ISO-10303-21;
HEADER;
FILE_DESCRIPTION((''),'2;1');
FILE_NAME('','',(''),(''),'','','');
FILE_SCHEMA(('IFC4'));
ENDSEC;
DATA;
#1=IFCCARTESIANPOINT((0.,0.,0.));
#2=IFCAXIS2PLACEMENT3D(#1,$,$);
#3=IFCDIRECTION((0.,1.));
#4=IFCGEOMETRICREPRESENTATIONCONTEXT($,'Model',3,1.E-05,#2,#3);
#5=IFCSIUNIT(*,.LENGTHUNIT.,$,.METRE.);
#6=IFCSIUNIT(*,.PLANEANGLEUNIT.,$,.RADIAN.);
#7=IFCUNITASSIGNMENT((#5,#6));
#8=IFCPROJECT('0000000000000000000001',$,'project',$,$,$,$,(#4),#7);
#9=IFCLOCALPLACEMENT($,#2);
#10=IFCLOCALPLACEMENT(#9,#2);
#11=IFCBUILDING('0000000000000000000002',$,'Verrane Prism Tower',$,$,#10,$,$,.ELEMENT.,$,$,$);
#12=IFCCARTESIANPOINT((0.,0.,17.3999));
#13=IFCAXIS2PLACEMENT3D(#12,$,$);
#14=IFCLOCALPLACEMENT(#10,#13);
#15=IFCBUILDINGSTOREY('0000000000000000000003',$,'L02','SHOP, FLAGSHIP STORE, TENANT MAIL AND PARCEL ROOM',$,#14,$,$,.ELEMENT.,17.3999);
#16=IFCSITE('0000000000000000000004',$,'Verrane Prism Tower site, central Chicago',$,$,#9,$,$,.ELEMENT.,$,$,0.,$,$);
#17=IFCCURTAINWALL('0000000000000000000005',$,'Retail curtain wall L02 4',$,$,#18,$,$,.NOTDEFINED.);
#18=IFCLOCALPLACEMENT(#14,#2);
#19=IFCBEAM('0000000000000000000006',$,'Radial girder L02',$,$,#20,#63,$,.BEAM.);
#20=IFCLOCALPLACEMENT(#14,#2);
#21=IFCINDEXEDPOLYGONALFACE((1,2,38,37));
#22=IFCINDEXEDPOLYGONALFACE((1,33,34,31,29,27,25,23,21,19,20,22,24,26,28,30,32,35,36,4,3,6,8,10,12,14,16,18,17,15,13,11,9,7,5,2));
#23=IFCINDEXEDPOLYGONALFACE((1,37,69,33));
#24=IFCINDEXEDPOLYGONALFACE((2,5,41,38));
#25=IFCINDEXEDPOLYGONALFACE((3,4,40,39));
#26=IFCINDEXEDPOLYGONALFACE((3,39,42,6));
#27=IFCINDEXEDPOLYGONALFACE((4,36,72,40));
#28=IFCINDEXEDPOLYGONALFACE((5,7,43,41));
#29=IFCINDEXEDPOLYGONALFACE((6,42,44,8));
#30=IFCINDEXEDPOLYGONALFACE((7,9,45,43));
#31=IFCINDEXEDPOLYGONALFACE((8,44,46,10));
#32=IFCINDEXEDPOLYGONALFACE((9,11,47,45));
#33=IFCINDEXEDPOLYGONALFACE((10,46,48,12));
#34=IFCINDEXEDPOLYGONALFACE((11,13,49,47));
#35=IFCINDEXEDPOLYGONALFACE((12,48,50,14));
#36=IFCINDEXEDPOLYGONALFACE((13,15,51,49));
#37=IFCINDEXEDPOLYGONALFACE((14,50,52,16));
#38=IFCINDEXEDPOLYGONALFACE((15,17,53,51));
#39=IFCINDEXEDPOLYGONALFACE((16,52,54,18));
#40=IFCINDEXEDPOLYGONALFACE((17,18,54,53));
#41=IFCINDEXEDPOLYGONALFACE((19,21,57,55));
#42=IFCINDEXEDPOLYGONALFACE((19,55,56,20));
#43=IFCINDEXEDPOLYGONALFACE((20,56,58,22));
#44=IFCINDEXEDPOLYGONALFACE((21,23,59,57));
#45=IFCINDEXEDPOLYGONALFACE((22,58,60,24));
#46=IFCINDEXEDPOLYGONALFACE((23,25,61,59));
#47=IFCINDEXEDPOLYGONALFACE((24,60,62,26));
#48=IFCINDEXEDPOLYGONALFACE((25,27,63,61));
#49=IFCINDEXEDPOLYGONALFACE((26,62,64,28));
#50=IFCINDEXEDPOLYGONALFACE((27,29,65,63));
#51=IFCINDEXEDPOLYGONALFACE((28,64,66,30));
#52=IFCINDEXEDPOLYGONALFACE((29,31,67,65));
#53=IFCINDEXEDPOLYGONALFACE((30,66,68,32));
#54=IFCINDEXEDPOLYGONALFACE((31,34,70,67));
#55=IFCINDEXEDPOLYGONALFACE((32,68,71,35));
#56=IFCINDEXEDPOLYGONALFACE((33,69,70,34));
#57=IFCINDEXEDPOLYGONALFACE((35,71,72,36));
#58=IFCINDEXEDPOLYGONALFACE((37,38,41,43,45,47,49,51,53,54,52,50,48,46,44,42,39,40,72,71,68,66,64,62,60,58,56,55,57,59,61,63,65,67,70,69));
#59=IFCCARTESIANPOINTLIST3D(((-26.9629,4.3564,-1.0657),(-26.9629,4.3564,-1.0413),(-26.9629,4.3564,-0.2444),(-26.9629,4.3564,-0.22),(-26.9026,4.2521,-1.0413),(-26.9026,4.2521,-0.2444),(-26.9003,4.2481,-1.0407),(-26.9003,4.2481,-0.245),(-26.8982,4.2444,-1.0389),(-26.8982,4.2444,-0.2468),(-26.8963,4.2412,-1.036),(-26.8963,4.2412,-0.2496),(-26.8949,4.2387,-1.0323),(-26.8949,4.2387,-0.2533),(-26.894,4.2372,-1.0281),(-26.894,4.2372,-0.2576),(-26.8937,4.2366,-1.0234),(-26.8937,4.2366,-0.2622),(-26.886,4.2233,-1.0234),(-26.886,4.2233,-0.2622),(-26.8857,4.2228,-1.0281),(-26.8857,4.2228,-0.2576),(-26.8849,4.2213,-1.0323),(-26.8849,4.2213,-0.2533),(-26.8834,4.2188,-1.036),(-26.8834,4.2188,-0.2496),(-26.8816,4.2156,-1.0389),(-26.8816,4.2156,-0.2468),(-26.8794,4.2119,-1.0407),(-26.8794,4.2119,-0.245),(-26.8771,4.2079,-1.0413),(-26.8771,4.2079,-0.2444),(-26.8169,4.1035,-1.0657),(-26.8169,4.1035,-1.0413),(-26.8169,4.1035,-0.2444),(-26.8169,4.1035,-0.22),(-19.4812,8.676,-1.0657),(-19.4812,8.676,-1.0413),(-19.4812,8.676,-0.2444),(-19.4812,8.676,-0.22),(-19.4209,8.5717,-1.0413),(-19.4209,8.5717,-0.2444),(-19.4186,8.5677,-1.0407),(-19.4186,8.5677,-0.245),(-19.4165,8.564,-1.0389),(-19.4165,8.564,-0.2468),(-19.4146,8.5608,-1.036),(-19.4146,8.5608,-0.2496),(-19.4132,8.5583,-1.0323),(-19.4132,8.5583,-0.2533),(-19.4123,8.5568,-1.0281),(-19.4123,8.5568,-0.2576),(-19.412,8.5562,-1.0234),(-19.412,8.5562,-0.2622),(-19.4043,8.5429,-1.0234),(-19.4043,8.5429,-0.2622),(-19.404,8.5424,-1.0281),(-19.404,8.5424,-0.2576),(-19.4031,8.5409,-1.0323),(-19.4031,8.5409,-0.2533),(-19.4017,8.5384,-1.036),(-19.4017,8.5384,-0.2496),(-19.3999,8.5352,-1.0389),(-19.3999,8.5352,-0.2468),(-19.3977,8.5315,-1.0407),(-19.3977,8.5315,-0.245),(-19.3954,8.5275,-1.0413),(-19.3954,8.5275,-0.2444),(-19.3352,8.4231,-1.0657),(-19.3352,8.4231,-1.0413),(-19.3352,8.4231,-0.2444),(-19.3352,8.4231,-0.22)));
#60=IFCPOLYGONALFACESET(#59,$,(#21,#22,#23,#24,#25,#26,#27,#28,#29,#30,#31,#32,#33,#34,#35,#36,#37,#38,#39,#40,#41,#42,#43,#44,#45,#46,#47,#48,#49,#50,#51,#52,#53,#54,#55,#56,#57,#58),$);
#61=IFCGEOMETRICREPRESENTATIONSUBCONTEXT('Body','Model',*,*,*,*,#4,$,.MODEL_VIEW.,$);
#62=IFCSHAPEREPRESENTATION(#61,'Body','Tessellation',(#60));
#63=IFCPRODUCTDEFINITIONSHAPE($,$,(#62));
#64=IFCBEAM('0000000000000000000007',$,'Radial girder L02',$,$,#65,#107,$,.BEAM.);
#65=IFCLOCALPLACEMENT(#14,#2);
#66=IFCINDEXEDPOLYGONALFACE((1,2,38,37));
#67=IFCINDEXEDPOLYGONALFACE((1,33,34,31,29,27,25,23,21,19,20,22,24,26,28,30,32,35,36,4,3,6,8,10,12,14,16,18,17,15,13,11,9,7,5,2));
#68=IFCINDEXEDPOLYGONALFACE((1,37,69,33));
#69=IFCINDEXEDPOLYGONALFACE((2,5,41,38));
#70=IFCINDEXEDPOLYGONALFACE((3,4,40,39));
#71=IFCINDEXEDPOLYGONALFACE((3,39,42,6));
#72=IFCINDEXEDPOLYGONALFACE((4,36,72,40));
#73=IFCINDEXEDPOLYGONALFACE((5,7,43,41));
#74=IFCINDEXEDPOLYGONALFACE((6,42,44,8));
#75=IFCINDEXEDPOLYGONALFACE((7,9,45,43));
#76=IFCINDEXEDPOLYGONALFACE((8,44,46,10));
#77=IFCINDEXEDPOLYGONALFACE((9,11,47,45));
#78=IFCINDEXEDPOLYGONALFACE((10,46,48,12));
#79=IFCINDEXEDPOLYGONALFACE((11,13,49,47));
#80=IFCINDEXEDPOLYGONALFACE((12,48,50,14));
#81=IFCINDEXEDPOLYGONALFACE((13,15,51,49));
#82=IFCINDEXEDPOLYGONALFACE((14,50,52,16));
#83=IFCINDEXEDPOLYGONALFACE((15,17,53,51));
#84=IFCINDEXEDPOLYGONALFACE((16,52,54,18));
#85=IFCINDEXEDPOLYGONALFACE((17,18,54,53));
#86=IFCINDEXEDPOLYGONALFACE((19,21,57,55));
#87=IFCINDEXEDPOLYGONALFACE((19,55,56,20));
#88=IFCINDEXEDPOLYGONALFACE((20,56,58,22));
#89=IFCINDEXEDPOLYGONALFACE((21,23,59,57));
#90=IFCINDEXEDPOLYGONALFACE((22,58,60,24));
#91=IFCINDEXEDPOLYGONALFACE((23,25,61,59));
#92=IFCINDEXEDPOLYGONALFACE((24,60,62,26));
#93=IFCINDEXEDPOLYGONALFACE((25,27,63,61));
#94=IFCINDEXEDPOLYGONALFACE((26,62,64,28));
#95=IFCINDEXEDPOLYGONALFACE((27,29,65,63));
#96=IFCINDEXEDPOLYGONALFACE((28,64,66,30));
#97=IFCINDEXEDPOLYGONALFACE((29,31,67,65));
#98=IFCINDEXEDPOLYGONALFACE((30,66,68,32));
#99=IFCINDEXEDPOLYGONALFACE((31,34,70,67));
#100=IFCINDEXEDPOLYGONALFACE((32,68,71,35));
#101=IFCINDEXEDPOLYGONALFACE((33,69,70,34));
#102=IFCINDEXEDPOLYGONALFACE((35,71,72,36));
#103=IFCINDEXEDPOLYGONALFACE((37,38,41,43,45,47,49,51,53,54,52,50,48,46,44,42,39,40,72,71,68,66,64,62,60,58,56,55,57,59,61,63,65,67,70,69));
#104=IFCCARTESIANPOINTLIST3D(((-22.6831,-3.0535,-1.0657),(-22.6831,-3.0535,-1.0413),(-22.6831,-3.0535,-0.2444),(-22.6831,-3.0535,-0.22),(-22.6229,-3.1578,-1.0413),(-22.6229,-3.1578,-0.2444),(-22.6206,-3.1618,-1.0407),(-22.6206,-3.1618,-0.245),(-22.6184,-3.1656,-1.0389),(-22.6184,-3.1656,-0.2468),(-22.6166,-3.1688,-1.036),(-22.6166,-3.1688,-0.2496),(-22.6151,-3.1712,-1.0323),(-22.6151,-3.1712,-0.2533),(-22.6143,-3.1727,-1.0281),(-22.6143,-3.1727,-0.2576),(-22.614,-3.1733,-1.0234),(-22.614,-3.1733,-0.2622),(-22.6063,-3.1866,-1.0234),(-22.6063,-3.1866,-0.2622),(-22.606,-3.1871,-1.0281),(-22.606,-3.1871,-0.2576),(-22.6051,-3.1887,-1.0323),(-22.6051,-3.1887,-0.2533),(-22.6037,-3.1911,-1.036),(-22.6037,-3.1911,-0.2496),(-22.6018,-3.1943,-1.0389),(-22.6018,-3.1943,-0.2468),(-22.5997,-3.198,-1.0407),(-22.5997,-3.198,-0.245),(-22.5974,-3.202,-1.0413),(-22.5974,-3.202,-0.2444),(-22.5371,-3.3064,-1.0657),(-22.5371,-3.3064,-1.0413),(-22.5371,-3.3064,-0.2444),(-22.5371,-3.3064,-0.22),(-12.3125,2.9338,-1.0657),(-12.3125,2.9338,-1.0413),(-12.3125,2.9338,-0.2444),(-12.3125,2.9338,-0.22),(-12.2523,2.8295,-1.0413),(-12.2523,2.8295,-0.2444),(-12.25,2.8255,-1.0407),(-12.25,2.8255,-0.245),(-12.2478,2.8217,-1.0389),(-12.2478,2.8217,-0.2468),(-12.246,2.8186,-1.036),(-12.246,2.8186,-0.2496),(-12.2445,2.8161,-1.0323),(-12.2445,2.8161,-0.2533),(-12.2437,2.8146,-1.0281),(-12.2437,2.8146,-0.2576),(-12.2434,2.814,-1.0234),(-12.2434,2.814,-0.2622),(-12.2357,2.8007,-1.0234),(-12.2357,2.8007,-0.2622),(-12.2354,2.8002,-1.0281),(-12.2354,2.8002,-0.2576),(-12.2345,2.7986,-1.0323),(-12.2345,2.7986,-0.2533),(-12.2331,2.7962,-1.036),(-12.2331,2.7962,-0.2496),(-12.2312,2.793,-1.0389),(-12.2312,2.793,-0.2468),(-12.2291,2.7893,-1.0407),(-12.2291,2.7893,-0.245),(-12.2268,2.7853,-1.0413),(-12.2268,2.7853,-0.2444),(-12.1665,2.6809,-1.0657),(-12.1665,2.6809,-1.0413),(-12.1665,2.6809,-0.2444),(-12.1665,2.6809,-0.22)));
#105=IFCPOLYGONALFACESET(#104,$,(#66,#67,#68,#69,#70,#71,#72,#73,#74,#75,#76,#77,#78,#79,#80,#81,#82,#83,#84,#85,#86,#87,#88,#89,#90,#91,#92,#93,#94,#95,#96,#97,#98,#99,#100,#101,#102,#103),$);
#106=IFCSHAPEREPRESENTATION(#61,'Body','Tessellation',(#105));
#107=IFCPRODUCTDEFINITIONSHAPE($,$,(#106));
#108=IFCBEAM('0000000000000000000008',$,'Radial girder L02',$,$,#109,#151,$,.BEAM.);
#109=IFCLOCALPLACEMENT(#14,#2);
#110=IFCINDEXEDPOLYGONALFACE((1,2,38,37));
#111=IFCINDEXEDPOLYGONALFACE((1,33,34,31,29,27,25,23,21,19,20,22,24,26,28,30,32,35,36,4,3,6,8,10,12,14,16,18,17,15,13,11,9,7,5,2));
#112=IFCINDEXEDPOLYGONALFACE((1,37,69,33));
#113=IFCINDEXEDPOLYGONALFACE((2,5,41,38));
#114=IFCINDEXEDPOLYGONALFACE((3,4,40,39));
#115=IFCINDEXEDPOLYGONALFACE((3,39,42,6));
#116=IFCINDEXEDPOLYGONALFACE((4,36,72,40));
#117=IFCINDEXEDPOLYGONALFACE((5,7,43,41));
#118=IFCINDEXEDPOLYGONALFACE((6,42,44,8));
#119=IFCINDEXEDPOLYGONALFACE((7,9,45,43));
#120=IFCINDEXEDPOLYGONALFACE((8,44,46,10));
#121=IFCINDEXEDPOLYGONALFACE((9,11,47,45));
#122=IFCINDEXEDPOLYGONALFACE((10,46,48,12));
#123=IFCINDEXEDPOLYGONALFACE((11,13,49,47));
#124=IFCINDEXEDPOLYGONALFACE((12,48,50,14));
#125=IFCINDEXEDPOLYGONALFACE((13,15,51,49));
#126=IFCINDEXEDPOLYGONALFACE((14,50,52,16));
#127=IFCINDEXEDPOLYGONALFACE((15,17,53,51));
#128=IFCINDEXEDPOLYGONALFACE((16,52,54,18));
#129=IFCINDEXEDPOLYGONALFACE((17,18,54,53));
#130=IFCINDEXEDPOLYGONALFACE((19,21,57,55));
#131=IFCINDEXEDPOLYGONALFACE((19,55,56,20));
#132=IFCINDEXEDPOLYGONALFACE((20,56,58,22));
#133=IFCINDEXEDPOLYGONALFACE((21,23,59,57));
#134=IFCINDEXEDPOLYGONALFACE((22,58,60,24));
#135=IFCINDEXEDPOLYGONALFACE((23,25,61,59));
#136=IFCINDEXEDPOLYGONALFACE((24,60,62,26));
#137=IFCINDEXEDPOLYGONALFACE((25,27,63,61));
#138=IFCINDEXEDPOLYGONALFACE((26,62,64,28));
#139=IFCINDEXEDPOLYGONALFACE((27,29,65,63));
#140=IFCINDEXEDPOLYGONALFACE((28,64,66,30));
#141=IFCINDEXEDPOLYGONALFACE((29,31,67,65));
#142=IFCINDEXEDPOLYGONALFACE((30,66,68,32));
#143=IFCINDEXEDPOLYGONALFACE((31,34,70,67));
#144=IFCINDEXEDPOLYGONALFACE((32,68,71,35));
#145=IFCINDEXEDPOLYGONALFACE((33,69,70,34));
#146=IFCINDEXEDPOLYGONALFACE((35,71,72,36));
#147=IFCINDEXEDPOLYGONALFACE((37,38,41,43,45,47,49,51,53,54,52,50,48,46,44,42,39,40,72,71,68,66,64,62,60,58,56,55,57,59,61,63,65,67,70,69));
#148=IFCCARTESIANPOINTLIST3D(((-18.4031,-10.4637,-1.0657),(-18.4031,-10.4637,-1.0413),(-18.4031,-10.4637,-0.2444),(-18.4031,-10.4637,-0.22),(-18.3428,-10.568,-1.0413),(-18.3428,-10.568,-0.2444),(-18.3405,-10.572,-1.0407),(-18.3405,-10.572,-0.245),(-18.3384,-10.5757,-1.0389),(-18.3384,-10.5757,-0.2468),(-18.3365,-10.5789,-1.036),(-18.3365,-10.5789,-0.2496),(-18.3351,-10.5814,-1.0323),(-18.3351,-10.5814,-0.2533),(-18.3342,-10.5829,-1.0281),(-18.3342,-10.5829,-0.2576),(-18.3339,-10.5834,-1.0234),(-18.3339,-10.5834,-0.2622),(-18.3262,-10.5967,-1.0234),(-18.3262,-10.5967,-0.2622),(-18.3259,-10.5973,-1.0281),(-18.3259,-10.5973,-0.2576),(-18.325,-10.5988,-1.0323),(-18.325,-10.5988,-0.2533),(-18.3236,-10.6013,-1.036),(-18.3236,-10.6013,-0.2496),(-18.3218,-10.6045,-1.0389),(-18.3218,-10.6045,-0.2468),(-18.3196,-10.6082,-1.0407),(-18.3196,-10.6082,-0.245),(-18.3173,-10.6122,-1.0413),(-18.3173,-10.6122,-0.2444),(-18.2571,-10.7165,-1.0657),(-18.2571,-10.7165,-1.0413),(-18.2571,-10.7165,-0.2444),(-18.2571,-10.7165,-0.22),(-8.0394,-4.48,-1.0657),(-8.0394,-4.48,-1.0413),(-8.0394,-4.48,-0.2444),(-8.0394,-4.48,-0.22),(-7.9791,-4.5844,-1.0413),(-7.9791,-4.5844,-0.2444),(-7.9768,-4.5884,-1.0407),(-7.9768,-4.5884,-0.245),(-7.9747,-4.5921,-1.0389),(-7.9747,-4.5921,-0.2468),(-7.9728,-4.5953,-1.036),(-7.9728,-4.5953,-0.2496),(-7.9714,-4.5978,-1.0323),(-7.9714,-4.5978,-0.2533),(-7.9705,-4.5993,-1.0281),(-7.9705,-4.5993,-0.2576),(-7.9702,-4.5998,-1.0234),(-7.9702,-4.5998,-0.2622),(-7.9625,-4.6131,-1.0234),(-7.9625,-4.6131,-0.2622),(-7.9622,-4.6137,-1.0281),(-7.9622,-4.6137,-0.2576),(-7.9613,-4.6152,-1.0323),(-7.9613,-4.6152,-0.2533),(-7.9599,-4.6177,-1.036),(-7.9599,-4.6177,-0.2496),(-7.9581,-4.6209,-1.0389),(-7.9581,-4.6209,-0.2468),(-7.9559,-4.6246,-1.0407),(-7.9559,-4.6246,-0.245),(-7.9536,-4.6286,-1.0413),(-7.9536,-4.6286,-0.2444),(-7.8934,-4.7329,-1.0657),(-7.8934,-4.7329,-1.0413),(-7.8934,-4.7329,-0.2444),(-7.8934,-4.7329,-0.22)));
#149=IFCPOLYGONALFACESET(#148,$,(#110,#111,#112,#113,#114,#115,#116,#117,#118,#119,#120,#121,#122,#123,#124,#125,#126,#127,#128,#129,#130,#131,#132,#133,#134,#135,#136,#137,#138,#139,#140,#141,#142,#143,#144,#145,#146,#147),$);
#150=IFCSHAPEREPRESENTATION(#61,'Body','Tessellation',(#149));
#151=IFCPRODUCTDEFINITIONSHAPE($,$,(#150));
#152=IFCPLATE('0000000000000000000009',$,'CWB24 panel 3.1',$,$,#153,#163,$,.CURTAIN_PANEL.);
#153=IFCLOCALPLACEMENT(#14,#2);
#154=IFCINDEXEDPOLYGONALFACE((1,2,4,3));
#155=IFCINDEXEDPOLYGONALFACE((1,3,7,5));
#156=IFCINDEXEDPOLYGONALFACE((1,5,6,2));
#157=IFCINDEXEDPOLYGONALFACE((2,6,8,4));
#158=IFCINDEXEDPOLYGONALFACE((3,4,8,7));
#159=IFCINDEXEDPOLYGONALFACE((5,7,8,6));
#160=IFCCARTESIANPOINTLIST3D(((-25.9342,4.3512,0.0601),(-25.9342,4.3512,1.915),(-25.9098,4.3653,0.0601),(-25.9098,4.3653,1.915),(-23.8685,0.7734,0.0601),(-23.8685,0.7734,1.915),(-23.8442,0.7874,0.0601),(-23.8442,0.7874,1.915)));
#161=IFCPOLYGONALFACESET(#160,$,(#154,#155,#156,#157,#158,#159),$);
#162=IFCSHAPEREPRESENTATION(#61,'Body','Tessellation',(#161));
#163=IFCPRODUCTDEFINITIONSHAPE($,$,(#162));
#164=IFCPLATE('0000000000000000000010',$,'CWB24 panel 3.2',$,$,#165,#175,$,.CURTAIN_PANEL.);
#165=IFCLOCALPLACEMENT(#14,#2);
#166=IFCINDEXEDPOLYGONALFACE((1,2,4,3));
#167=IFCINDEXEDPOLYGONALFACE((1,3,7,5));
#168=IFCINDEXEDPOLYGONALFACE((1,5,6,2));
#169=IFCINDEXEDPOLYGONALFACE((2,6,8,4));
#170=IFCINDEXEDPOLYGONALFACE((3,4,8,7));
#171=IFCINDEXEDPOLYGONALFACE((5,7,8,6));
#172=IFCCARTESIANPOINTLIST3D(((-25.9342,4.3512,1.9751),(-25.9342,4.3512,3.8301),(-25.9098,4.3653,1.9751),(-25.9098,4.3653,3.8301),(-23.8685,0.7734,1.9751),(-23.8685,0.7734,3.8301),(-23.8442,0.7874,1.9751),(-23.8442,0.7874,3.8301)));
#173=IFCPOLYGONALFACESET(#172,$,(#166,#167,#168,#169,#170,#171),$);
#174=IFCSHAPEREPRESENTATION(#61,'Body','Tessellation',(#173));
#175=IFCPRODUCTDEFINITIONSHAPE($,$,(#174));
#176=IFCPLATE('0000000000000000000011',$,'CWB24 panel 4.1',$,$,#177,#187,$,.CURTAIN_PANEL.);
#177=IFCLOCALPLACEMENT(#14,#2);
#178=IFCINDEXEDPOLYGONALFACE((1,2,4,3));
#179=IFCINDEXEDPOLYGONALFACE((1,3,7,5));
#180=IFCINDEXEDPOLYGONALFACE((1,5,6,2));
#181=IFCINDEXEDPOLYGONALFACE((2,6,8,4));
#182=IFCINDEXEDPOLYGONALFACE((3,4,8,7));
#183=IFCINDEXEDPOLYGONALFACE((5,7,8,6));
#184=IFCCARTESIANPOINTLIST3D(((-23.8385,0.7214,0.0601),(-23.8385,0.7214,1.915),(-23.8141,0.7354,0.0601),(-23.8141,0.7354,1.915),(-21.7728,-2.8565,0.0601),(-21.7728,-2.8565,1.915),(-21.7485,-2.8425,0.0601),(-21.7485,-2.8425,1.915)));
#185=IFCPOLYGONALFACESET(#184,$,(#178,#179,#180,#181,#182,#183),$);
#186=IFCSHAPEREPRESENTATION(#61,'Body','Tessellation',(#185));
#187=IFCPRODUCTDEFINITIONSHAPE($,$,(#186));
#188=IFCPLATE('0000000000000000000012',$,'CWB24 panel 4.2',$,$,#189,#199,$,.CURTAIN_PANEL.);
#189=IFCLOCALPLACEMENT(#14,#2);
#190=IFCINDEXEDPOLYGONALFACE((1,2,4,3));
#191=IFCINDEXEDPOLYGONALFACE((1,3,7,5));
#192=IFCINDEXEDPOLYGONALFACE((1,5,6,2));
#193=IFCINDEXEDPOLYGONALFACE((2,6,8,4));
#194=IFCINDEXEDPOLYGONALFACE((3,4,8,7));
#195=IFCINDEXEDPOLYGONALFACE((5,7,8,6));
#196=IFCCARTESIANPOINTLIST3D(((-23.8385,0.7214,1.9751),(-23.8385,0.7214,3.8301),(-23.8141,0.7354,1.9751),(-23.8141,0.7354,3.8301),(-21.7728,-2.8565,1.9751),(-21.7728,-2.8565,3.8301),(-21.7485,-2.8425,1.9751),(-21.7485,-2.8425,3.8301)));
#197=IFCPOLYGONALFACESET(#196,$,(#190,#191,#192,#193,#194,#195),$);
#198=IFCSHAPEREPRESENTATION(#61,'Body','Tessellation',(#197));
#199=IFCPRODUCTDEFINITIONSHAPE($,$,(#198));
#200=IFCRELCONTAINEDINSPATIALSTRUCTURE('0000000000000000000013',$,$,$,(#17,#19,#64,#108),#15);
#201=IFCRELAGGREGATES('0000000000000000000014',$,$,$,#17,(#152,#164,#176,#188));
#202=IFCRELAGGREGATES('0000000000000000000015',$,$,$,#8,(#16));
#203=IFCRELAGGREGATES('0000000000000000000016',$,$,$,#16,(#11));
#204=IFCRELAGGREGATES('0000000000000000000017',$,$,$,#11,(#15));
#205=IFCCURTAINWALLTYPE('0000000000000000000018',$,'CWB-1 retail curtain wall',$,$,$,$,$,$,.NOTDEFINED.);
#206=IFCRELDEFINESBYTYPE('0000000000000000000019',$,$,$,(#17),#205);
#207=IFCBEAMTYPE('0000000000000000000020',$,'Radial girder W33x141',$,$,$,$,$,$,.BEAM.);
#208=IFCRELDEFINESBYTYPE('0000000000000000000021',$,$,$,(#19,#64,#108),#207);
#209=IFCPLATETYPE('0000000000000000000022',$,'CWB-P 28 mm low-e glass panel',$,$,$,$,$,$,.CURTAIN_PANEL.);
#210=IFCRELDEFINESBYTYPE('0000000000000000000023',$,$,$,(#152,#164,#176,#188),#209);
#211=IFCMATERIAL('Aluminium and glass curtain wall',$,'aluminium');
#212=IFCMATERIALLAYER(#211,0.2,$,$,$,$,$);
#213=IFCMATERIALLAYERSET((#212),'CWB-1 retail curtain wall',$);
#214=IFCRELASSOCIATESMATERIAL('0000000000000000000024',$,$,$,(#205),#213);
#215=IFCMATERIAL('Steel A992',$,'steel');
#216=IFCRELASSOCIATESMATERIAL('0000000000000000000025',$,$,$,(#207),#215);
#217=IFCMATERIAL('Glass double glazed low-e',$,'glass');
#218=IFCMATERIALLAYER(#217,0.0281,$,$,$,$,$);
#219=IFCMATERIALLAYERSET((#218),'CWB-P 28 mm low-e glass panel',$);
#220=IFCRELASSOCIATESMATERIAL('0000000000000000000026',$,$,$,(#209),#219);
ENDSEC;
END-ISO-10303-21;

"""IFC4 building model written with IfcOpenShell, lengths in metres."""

from ifc_helpers import new_model, si_unit, direction, frame, origin, origin_2d, place, context, subcontext, project, spatial, rectangle, i_section, extrude, material, layer, layer_set, material_profile, profile_set, type_object, element, aggregate, save


model = new_model("IFC4")

# Units and contexts
model_context = context("Model", 3, precision=1e-05, world=origin(), true_north=direction((0.0, 1.0)))
body_context = subcontext(model_context, "Body", "Model", "MODEL_VIEW")
ifc_project = project(units=[si_unit("LENGTHUNIT", "METRE"), si_unit("PLANEANGLEUNIT", "RADIAN")], contexts=[model_context])

# Site, building, storey
site_placement = place(None, origin())
site = spatial("IfcSite", under=ifc_project, at=site_placement, Name="Verrane Prism Tower site, central Chicago", CompositionType="ELEMENT", RefElevation=0.0)
building_placement = place(site_placement, origin())
building = spatial("IfcBuilding", under=site, at=building_placement, Name="Verrane Prism Tower", CompositionType="ELEMENT")
storey_placement = place(building_placement, frame((0.0, 0.0, 17.3999)))
storey = spatial("IfcBuildingStorey", under=building, at=storey_placement, Name="L02", Description="SHOP, FLAGSHIP STORE, TENANT MAIL AND PARCEL ROOM", CompositionType="ELEMENT", Elevation=17.3999)

# Curtain wall
ifc_material_1 = material(Name="Aluminium and glass curtain wall", Category="aluminium")
ifc_layer_1 = layer(ifc_material_1, 0.2)
ifc_layer_set_1 = layer_set([ifc_layer_1], Name="CWB-1 retail curtain wall")
curtain_wall_type = type_object("IfcCurtainWallType", Name="CWB-1 retail curtain wall", PredefinedType="NOTDEFINED", material=ifc_layer_set_1)
curtain_wall_placement = place(storey_placement, origin())
curtain_wall = element("IfcCurtainWall", 1, at=curtain_wall_placement, inside=storey, type_object=curtain_wall_type, Name="Retail curtain wall L02 4", PredefinedType="NOTDEFINED")

# Beams
ifc_material_2 = material(Name="Steel A992", Category="steel")
ifc_material_profile_1 = material_profile(ifc_material_2, i_section(OverallWidth=0.292, OverallDepth=0.8457, WebThickness=0.0154, FlangeThickness=0.0244, FilletRadius=0.0178, at=origin_2d()), Name="W33x141")
ifc_profile_set_1 = profile_set([ifc_material_profile_1], Name="Steel A992")
beam_type_1 = type_object("IfcBeamType", Name="Radial girder W33x141", PredefinedType="BEAM", material=ifc_profile_set_1)
beam_1_placement = place(storey_placement, frame((-26.8899, 4.23, -0.6428), z_axis=(0.866024, 0.500002, 0.0), x_axis=(-0.500002, 0.866024, 0.0)))
element("IfcBeam", 2, at=beam_1_placement, inside=storey, type_object=beam_type_1, Name="Radial girder L02", PredefinedType="BEAM", context=body_context, shape_type="SweptSolid", body=[
    extrude(i_section(OverallWidth=0.292, OverallDepth=0.8457, WebThickness=0.0154, FlangeThickness=0.0244, FilletRadius=0.0178, at=origin_2d()), origin(), (0.0, 0.0, 1.0), 8.6392),
])
beam_2_placement = place(storey_placement, frame((-22.6101, -3.1799, -0.6428), z_axis=(0.866031, 0.49999, 0.0), x_axis=(-0.49999, 0.866031, 0.0)))
element("IfcBeam", 3, at=beam_2_placement, inside=storey, type_object=beam_type_1, Name="Radial girder L02", PredefinedType="BEAM", context=body_context, shape_type="SweptSolid", body=[
    extrude(i_section(OverallWidth=0.292, OverallDepth=0.8457, WebThickness=0.0154, FlangeThickness=0.0244, FilletRadius=0.0178, at=origin_2d()), origin(), (0.0, 0.0, 1.0), 11.9749),
])
beam_3_placement = place(storey_placement, frame((-18.3301, -10.5901, -0.6428), z_axis=(0.866021, 0.500007, 0.0), x_axis=(-0.500007, 0.866021, 0.0)))
element("IfcBeam", 4, at=beam_3_placement, inside=storey, type_object=beam_type_1, Name="Radial girder L02", PredefinedType="BEAM", context=body_context, shape_type="SweptSolid", body=[
    extrude(i_section(OverallWidth=0.292, OverallDepth=0.8457, WebThickness=0.0154, FlangeThickness=0.0244, FilletRadius=0.0178, at=origin_2d()), origin(), (0.0, 0.0, 1.0), 11.967),
])

# Plates
ifc_material_3 = material(Name="Glass double glazed low-e", Category="glass")
ifc_layer_2 = layer(ifc_material_3, 0.0281)
ifc_layer_set_2 = layer_set([ifc_layer_2], Name="CWB-P 28 mm low-e glass panel")
plate_type = type_object("IfcPlateType", Name="CWB-P 28 mm low-e glass panel", PredefinedType="CURTAIN_PANEL", material=ifc_layer_set_2)
plate_1_placement = place(storey_placement, frame((-24.8892, 2.5693, 0.0601), z_axis=(0.0, 0.0, 1.0), x_axis=(0.5, -0.866025, 0.0)))
plate_1 = element("IfcPlate", 5, at=plate_1_placement, type_object=plate_type, Name="CWB24 panel 3.1", PredefinedType="CURTAIN_PANEL", context=body_context, shape_type="SweptSolid", body=[
    extrude(rectangle(XDim=4.1313, YDim=0.0281, at=origin_2d()), origin(), (0.0, 0.0, 1.0), 1.855),
])
plate_2_placement = place(storey_placement, frame((-24.8892, 2.5693, 1.9751), z_axis=(0.0, 0.0, 1.0), x_axis=(0.5, -0.866025, 0.0)))
plate_2 = element("IfcPlate", 6, at=plate_2_placement, type_object=plate_type, Name="CWB24 panel 3.2", PredefinedType="CURTAIN_PANEL", context=body_context, shape_type="SweptSolid", body=[
    extrude(rectangle(XDim=4.1313, YDim=0.0281, at=origin_2d()), origin(), (0.0, 0.0, 1.0), 1.855),
])
plate_3_placement = place(storey_placement, frame((-22.7935, -1.0605, 0.0601), z_axis=(0.0, 0.0, 1.0), x_axis=(0.5, -0.866025, 0.0)))
plate_3 = element("IfcPlate", 7, at=plate_3_placement, type_object=plate_type, Name="CWB24 panel 4.1", PredefinedType="CURTAIN_PANEL", context=body_context, shape_type="SweptSolid", body=[
    extrude(rectangle(XDim=4.1313, YDim=0.0281, at=origin_2d()), origin(), (0.0, 0.0, 1.0), 1.855),
])
plate_4_placement = place(storey_placement, frame((-22.7935, -1.0605, 1.9751), z_axis=(0.0, 0.0, 1.0), x_axis=(0.5, -0.866025, 0.0)))
plate_4 = element("IfcPlate", 8, at=plate_4_placement, type_object=plate_type, Name="CWB24 panel 4.2", PredefinedType="CURTAIN_PANEL", context=body_context, shape_type="SweptSolid", body=[
    extrude(rectangle(XDim=4.1313, YDim=0.0281, at=origin_2d()), origin(), (0.0, 0.0, 1.0), 1.855),
])
aggregate(curtain_wall, [plate_1, plate_2, plate_3, plate_4])

save(model, "model.ifc")
